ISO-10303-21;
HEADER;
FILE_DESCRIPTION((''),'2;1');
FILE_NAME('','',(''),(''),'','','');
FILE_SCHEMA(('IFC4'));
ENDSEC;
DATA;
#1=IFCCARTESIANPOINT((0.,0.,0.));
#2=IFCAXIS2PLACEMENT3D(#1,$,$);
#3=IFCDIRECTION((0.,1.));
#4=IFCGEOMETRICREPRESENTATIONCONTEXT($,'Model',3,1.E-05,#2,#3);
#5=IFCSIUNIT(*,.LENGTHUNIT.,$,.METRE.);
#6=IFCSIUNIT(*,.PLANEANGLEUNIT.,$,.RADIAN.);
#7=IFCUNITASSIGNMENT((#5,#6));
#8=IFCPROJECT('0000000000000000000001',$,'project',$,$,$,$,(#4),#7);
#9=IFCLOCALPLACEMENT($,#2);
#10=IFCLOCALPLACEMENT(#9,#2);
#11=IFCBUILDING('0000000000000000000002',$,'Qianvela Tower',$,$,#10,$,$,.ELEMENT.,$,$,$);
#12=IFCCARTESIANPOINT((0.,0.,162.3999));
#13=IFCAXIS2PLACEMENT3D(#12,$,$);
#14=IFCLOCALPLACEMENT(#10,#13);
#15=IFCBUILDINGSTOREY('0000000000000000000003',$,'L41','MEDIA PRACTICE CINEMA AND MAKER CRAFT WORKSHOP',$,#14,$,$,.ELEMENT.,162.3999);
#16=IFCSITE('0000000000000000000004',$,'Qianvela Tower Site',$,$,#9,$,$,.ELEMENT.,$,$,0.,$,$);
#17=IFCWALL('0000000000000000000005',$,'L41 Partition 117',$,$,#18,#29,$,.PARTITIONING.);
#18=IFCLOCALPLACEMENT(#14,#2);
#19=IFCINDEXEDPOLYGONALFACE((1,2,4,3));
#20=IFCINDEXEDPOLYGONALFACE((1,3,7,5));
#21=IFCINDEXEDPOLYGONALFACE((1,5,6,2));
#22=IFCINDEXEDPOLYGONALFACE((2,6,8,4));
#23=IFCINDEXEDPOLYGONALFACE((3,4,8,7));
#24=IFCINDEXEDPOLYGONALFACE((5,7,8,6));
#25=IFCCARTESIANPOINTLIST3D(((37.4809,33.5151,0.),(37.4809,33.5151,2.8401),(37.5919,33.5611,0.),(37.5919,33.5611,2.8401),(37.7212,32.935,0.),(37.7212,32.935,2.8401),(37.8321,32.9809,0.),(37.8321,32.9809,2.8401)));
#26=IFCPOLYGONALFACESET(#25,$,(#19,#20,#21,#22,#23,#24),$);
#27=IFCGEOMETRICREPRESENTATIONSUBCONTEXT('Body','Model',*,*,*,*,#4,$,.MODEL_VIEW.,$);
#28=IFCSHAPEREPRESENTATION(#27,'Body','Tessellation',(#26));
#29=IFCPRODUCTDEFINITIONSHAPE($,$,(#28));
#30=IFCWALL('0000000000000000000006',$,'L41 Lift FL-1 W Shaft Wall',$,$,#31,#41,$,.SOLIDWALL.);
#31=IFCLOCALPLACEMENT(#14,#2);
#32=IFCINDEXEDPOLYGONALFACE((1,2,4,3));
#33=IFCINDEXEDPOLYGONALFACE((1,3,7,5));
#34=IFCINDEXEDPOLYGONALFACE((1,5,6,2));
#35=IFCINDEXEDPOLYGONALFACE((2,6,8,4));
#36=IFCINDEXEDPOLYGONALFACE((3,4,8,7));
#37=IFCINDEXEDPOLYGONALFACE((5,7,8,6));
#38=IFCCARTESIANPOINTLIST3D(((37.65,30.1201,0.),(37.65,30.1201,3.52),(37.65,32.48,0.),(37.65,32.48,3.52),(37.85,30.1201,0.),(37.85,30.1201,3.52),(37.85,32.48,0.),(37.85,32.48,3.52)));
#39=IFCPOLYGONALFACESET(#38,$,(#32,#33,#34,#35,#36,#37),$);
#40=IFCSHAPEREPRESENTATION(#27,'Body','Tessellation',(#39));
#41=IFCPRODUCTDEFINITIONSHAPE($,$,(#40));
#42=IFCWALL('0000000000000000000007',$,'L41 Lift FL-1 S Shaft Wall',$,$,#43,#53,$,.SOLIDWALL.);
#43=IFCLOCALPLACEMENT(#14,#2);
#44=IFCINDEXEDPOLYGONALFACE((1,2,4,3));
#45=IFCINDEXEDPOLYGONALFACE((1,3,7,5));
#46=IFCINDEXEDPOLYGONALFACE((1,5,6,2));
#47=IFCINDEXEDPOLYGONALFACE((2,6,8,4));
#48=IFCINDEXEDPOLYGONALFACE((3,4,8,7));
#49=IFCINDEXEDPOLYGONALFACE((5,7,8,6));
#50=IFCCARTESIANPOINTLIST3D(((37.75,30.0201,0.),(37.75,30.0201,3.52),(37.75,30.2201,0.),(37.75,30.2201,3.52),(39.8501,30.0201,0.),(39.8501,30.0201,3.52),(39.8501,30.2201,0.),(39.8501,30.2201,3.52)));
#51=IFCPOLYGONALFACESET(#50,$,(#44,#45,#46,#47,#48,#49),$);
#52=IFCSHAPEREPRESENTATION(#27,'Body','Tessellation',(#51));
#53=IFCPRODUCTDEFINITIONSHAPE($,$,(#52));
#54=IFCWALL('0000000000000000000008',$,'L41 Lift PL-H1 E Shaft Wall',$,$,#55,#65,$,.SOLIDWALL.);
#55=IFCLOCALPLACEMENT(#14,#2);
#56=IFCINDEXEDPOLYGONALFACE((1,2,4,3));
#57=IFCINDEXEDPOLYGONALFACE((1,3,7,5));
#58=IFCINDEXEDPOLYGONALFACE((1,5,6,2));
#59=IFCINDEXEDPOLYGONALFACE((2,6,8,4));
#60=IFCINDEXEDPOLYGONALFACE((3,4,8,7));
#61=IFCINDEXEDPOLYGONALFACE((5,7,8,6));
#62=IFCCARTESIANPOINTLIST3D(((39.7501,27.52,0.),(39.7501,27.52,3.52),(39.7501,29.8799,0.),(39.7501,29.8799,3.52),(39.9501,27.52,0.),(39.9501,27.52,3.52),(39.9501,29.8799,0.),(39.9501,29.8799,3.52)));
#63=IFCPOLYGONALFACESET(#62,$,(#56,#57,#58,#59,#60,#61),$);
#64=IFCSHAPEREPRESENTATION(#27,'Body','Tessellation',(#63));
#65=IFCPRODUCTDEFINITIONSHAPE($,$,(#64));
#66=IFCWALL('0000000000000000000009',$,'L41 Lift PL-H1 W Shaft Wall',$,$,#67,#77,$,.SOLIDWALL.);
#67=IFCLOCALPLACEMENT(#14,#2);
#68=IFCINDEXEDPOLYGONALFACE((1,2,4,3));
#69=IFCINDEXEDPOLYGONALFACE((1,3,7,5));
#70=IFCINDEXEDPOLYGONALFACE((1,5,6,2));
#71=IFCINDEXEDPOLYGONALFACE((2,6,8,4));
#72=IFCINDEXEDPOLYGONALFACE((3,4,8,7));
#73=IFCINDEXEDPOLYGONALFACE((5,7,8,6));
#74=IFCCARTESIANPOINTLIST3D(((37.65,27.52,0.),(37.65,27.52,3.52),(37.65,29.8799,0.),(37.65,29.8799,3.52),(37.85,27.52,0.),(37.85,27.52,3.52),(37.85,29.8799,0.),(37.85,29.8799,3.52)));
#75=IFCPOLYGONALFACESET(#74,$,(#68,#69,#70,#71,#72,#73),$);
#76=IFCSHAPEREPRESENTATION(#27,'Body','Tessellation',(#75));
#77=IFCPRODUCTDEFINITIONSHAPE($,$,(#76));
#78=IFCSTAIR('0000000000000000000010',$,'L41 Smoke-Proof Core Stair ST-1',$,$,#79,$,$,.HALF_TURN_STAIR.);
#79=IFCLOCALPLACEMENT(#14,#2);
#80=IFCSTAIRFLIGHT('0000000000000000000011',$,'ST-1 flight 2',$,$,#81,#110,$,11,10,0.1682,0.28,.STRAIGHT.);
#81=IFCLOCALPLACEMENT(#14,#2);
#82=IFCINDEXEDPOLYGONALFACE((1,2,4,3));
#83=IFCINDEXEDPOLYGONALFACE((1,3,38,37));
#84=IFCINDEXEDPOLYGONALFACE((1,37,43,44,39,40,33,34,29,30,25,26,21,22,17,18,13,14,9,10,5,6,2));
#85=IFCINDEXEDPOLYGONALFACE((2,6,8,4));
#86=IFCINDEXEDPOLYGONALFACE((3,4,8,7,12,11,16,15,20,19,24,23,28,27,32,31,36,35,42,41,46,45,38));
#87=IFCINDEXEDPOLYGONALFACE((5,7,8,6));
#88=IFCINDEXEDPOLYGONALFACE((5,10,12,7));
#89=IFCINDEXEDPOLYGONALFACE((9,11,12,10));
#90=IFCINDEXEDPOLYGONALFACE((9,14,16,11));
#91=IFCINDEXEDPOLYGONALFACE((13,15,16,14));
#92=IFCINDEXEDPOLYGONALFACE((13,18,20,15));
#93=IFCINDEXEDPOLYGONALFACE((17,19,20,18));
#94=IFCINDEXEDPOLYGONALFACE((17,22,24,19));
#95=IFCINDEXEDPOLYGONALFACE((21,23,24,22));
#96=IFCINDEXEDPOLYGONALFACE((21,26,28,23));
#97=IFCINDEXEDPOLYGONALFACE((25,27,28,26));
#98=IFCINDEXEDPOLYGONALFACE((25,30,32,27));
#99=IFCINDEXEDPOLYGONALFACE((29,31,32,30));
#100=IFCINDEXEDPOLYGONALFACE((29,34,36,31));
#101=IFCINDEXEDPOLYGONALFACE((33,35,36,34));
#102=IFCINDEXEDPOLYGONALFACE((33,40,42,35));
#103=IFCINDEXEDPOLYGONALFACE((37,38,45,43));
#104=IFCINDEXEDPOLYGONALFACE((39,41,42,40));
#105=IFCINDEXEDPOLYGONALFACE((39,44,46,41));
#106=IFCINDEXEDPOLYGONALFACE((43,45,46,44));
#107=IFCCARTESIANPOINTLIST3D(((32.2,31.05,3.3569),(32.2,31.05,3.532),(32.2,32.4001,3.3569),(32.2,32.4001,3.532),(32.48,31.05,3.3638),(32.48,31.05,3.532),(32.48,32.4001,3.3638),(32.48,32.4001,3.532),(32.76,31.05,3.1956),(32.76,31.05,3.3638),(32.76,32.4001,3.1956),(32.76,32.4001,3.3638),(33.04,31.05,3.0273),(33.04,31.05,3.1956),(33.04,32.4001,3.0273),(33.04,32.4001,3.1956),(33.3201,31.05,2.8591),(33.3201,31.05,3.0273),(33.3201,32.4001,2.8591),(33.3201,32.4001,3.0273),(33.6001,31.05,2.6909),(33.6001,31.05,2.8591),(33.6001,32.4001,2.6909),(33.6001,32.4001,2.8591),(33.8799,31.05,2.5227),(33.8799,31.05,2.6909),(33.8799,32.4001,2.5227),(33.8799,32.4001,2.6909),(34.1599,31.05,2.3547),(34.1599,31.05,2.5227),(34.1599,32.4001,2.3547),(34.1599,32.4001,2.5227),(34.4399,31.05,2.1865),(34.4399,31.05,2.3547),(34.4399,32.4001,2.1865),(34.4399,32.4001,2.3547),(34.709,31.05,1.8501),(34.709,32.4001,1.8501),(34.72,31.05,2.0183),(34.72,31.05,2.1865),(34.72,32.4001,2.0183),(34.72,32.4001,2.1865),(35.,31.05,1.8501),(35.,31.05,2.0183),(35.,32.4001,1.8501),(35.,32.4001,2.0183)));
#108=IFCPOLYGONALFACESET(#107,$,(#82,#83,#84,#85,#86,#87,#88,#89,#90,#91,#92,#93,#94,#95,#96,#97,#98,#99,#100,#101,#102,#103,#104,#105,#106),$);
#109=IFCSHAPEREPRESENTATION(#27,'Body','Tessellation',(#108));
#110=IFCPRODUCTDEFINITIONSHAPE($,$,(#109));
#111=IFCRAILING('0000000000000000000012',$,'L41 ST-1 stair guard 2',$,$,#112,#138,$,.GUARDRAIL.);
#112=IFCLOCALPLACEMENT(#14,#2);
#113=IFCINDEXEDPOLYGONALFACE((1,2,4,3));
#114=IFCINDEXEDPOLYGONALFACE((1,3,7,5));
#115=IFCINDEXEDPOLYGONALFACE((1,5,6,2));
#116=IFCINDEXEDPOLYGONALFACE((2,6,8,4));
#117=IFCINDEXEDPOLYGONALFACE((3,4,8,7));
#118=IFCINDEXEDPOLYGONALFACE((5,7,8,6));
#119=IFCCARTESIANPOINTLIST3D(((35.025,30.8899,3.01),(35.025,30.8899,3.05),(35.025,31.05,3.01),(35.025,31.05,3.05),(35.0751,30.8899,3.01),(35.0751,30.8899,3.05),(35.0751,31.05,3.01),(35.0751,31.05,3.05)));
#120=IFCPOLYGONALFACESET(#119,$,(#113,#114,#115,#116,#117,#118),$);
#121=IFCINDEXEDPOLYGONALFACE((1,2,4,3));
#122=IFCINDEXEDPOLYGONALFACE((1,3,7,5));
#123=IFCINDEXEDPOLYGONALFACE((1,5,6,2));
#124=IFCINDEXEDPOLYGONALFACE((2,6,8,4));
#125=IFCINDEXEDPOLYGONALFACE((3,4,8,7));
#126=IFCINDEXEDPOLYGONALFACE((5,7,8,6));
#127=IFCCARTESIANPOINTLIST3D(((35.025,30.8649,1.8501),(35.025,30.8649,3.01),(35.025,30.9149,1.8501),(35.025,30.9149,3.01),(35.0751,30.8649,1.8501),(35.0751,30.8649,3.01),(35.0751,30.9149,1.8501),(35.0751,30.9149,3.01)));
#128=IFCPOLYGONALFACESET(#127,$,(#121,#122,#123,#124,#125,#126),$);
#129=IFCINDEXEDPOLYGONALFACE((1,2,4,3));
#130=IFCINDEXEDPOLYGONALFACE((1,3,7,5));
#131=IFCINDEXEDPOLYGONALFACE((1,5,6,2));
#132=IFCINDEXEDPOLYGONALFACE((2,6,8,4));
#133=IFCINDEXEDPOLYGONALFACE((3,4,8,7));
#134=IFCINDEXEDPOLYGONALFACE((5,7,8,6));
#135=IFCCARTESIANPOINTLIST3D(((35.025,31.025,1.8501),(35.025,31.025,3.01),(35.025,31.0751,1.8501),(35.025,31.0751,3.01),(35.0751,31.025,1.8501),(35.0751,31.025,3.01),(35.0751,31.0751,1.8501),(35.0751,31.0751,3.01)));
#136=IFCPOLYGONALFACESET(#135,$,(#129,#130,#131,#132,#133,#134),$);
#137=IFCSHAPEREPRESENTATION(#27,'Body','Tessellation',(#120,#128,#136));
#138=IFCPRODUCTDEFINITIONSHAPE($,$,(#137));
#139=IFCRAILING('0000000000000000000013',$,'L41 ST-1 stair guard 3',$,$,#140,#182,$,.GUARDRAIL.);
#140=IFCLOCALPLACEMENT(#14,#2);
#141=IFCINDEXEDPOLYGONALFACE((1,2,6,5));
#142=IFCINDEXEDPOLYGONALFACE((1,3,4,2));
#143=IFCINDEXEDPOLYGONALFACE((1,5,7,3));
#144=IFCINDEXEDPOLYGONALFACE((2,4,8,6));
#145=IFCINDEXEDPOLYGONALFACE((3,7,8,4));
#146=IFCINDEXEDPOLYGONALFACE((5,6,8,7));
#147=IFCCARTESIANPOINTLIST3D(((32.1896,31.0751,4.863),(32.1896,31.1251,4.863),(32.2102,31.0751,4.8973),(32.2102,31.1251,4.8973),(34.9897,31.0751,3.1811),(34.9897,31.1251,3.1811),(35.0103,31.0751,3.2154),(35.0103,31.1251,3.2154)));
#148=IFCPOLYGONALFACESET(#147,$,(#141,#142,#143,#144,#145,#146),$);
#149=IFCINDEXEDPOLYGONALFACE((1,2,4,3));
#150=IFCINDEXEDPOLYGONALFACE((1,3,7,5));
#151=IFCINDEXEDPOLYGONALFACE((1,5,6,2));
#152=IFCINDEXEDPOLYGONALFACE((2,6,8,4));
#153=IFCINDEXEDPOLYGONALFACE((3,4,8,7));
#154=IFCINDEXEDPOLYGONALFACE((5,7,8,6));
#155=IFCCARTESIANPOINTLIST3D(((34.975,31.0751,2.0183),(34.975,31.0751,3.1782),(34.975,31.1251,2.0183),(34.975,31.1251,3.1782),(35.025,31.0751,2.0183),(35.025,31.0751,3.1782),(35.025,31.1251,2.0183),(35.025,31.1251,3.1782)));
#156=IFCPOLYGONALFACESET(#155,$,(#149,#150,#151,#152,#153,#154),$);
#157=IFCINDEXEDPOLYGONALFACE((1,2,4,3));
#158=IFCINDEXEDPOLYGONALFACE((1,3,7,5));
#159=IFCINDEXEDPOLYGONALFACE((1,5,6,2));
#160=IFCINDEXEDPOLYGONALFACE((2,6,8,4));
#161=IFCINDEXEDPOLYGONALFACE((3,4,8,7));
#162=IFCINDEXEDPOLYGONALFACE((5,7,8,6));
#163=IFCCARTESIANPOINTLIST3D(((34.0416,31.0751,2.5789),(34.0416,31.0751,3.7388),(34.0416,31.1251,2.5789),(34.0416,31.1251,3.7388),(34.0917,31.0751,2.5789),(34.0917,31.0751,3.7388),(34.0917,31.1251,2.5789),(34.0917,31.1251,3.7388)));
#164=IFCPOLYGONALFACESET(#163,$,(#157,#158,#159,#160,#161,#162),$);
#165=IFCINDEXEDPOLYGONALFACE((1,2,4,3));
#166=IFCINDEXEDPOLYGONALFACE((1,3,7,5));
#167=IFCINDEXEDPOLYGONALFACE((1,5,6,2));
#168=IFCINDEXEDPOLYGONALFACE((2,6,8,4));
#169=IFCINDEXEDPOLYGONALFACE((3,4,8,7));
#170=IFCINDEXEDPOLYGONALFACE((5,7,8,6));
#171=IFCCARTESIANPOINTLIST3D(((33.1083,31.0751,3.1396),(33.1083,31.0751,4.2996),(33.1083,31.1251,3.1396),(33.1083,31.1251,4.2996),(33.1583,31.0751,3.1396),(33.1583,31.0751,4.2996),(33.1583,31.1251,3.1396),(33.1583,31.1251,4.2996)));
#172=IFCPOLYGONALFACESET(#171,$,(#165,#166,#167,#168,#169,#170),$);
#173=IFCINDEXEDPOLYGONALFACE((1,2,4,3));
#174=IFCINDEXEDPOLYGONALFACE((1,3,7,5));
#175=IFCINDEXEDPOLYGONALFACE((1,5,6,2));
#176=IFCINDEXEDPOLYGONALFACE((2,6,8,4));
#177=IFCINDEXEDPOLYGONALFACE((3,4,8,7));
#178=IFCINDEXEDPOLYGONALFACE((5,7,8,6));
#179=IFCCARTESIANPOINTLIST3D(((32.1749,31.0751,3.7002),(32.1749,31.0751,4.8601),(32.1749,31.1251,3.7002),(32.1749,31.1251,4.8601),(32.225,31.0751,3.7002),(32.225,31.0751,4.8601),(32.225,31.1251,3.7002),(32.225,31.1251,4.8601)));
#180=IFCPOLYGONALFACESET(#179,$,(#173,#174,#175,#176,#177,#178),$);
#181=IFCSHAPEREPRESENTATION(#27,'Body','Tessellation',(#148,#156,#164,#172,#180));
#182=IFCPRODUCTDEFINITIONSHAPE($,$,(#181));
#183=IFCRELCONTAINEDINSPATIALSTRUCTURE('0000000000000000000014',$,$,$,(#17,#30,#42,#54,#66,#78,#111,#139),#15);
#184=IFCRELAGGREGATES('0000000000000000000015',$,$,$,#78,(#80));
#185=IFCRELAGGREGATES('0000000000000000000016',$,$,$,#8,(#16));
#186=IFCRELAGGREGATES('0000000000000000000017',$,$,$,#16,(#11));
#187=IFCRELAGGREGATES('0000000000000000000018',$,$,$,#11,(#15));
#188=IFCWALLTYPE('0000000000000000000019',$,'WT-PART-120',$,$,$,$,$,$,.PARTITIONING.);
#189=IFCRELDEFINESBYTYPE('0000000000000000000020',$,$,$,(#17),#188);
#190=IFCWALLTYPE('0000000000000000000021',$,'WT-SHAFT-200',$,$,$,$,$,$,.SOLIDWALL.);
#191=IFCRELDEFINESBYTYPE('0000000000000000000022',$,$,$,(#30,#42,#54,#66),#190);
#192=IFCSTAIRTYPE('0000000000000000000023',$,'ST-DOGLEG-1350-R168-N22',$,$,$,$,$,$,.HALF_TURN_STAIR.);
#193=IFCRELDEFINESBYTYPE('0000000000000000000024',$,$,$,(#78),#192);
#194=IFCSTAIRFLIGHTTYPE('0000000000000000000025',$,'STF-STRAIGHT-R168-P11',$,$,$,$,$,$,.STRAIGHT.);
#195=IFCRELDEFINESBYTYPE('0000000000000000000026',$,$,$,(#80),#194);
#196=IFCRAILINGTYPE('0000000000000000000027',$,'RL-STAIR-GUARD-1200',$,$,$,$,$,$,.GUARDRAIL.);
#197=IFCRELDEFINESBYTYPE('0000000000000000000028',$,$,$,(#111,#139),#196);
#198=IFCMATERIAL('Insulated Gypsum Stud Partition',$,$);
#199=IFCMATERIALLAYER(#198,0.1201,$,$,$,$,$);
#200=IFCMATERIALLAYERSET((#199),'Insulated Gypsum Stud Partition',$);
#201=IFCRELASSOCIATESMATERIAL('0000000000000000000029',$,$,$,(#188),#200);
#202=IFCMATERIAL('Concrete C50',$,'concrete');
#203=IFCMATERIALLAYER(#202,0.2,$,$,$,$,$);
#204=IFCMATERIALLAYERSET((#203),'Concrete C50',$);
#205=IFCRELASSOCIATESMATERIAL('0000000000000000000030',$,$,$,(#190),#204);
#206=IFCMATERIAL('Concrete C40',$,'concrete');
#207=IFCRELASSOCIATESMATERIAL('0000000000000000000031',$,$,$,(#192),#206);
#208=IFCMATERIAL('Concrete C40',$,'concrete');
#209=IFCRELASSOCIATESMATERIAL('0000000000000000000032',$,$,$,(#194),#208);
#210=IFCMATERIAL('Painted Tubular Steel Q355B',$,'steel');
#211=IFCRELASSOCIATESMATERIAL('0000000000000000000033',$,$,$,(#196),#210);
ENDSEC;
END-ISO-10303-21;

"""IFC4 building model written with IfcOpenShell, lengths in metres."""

from ifc_helpers import new_model, si_unit, direction, frame, frame_2d, origin, origin_2d, place, context, subcontext, project, spatial, polyline, rectangle, outline, extrude, material, layer, layer_set, type_object, element, aggregate, save


model = new_model("IFC4")

# Units and contexts
model_context = context("Model", 3, precision=1e-05, world=origin(), true_north=direction((0.0, 1.0)))
body_context = subcontext(model_context, "Body", "Model", "MODEL_VIEW")
ifc_project = project(units=[si_unit("LENGTHUNIT", "METRE"), si_unit("PLANEANGLEUNIT", "RADIAN")], contexts=[model_context])

# Site, building, storey
site_placement = place(None, origin())
site = spatial("IfcSite", under=ifc_project, at=site_placement, Name="Qianvela Tower Site", CompositionType="ELEMENT", RefElevation=0.0)
building_placement = place(site_placement, origin())
building = spatial("IfcBuilding", under=site, at=building_placement, Name="Qianvela Tower", CompositionType="ELEMENT")
storey_placement = place(building_placement, frame((0.0, 0.0, 162.3999)))
storey = spatial("IfcBuildingStorey", under=building, at=storey_placement, Name="L41", Description="MEDIA PRACTICE CINEMA AND MAKER CRAFT WORKSHOP", CompositionType="ELEMENT", Elevation=162.3999)

# Wall
ifc_material_1 = material(Name="Insulated Gypsum Stud Partition")
ifc_layer_1 = layer(ifc_material_1, 0.1201)
ifc_layer_set_1 = layer_set([ifc_layer_1], Name="Insulated Gypsum Stud Partition")
wall_type_1 = type_object("IfcWallType", Name="WT-PART-120", PredefinedType="PARTITIONING", material=ifc_layer_set_1)
wall_1_placement = place(storey_placement, frame((37.5364, 33.5381, 0.0), z_axis=(0.0, 0.0, 1.0), x_axis=(0.382627, -0.923903, 0.0)))
element("IfcWall", 1, at=wall_1_placement, inside=storey, type_object=wall_type_1, Name="L41 Partition 117", PredefinedType="PARTITIONING", context=body_context, shape_type="SweptSolid", body=[
    extrude(rectangle(XDim=0.6279, YDim=0.1201, at=frame_2d((0.314, 0.0))), origin(), (0.0, 0.0, 1.0), 2.8401),
])

# Shared definitions
ifc_material_2 = material(Name="Concrete C50", Category="concrete")
ifc_layer_2 = layer(ifc_material_2, 0.2)
ifc_layer_set_2 = layer_set([ifc_layer_2], Name="Concrete C50")
wall_type_2 = type_object("IfcWallType", Name="WT-SHAFT-200", PredefinedType="SOLIDWALL", material=ifc_layer_set_2)

# Walls
wall_2_placement = place(storey_placement, frame((37.75, 30.1201, 0.0), z_axis=(0.0, 0.0, 1.0), x_axis=(0.0, 1.0, 0.0)))
element("IfcWall", 2, at=wall_2_placement, inside=storey, type_object=wall_type_2, Name="L41 Lift FL-1 W Shaft Wall", PredefinedType="SOLIDWALL", context=body_context, shape_type="SweptSolid", body=[
    extrude(rectangle(XDim=2.3599, YDim=0.2, at=frame_2d((1.1799, 0.0))), origin(), (0.0, 0.0, 1.0), 3.52),
])
wall_3_placement = place(storey_placement, frame((37.75, 30.1201, 0.0), z_axis=(0.0, 0.0, 1.0), x_axis=(1.0, 0.0, 0.0)))
element("IfcWall", 3, at=wall_3_placement, inside=storey, type_object=wall_type_2, Name="L41 Lift FL-1 S Shaft Wall", PredefinedType="SOLIDWALL", context=body_context, shape_type="SweptSolid", body=[
    extrude(rectangle(XDim=2.1001, YDim=0.2, at=frame_2d((1.05, 0.0))), origin(), (0.0, 0.0, 1.0), 3.52),
])

# Walls
for number, where, z_axis, x_axis, name in (
    (4, (39.8501, 27.52, 0.0), (0.0, 0.0, 1.0), (0.0, 1.0, 0.0), "L41 Lift PL-H1 E Shaft Wall"),
    (5, (37.75, 27.52, 0.0), (0.0, 0.0, 1.0), (0.0, 1.0, 0.0), "L41 Lift PL-H1 W Shaft Wall"),
):
    element("IfcWall", number, at=place(storey_placement, frame(where, z_axis=z_axis, x_axis=x_axis)), inside=storey, type_object=wall_type_2, Name=name, PredefinedType="SOLIDWALL", context=body_context, shape_type="SweptSolid", body=[
        extrude(rectangle(XDim=2.3599, YDim=0.2, at=frame_2d((1.1799, 0.0))), origin(), (0.0, 0.0, 1.0), 3.52),
    ])

# Stair, stair flight
ifc_material_3 = material(Name="Concrete C40", Category="concrete")
stair_type = type_object("IfcStairType", Name="ST-DOGLEG-1350-R168-N22", PredefinedType="HALF_TURN_STAIR", material=ifc_material_3)
stair_placement = place(storey_placement, origin())
stair = element("IfcStair", 6, at=stair_placement, inside=storey, type_object=stair_type, Name="L41 Smoke-Proof Core Stair ST-1", PredefinedType="HALF_TURN_STAIR")
ifc_material_4 = material(Name="Concrete C40", Category="concrete")
stair_flight_type = type_object("IfcStairFlightType", Name="STF-STRAIGHT-R168-P11", PredefinedType="STRAIGHT", material=ifc_material_4)
stair_flight_placement = place(storey_placement, frame((35.0, 31.7251, 1.8501), z_axis=(0.0, 0.0, 1.0), x_axis=(-1.0, 0.0, 0.0)))
stair_flight = element("IfcStairFlight", 7, at=stair_flight_placement, type_object=stair_flight_type, Name="ST-1 flight 2", NumberOfRisers=11, NumberOfTreads=10, PredefinedType="STRAIGHT", RiserHeight=0.1682, TreadLength=0.28, context=body_context, shape_type="SweptSolid", body=[
    extrude(outline(polyline([(0.0, 0.0), (0.0, 0.1682), (0.28, 0.1682), (0.28, 0.3364), (0.5601, 0.3364), (0.5601, 0.5046), (0.8401, 0.5046), (0.8401, 0.6726), (1.1201, 0.6726), (1.1201, 0.8408), (1.3999, 0.8408), (1.3999, 1.009), (1.6799, 1.009), (1.6799, 1.1772), (1.96, 1.1772), (1.96, 1.3455), (2.24, 1.3455), (2.24, 1.5137), (2.52, 1.5137), (2.52, 1.6819), (2.8, 1.6819), (2.8, 1.8501), (2.8, 1.5068), (0.291, 0.0), (0.0, 0.0)])), frame((0.0, 0.675, 0.0), z_axis=(0.0, -1.0, 0.0), x_axis=(1.0, 0.0, 0.0)), (0.0, 0.0, 1.0), 1.3501),
])
aggregate(stair, [stair_flight])

# Railings
ifc_material_5 = material(Name="Painted Tubular Steel Q355B", Category="steel")
railing_type_1 = type_object("IfcRailingType", Name="RL-STAIR-GUARD-1200", PredefinedType="GUARDRAIL", material=ifc_material_5)
railing_1_placement = place(storey_placement, frame((35.05, 30.8899, 1.8501)))
element("IfcRailing", 8, at=railing_1_placement, inside=storey, type_object=railing_type_1, Name="L41 ST-1 stair guard 2", PredefinedType="GUARDRAIL", context=body_context, shape_type="SweptSolid", body=[
    extrude(rectangle(XDim=0.05, YDim=0.04, at=origin_2d()), frame((0.0, 0.0, 1.1799), z_axis=(0.0, 1.0, 0.0), x_axis=(-1.0, 0.0, 0.0)), (0.0, 0.0, 1.0), 0.1602),
    extrude(rectangle(XDim=0.05, YDim=0.05, at=origin_2d()), origin(), (0.0, 0.0, 1.0), 1.1599),
    extrude(rectangle(XDim=0.05, YDim=0.05, at=origin_2d()), frame((0.0, 0.1602, 0.0)), (0.0, 0.0, 1.0), 1.1599),
])
railing_2_placement = place(storey_placement, frame((35.0, 31.1001, 2.0183)))
element("IfcRailing", 9, at=railing_2_placement, inside=storey, type_object=railing_type_1, Name="L41 ST-1 stair guard 3", PredefinedType="GUARDRAIL", context=body_context, shape_type="SweptSolid", body=[
    extrude(rectangle(XDim=0.05, YDim=0.04, at=origin_2d()), frame((0.0, 0.0, 1.1799), z_axis=(-0.857242, 0.0, 0.514913), x_axis=(0.0, -1.0, 0.0)), (0.0, 0.0, 1.0), 3.2664),
    extrude(rectangle(XDim=0.05, YDim=0.05, at=origin_2d()), origin(), (0.0, 0.0, 1.0), 1.1599),
    extrude(rectangle(XDim=0.05, YDim=0.05, at=origin_2d()), frame((-0.9333, 0.0, 0.5605)), (0.0, 0.0, 1.0), 1.1599),
    extrude(rectangle(XDim=0.05, YDim=0.05, at=origin_2d()), frame((-1.8667, 0.0, 1.1213)), (0.0, 0.0, 1.0), 1.1599),
    extrude(rectangle(XDim=0.05, YDim=0.05, at=origin_2d()), frame((-2.8, 0.0, 1.6819)), (0.0, 0.0, 1.0), 1.1599),
])

save(model, "model.ifc")
